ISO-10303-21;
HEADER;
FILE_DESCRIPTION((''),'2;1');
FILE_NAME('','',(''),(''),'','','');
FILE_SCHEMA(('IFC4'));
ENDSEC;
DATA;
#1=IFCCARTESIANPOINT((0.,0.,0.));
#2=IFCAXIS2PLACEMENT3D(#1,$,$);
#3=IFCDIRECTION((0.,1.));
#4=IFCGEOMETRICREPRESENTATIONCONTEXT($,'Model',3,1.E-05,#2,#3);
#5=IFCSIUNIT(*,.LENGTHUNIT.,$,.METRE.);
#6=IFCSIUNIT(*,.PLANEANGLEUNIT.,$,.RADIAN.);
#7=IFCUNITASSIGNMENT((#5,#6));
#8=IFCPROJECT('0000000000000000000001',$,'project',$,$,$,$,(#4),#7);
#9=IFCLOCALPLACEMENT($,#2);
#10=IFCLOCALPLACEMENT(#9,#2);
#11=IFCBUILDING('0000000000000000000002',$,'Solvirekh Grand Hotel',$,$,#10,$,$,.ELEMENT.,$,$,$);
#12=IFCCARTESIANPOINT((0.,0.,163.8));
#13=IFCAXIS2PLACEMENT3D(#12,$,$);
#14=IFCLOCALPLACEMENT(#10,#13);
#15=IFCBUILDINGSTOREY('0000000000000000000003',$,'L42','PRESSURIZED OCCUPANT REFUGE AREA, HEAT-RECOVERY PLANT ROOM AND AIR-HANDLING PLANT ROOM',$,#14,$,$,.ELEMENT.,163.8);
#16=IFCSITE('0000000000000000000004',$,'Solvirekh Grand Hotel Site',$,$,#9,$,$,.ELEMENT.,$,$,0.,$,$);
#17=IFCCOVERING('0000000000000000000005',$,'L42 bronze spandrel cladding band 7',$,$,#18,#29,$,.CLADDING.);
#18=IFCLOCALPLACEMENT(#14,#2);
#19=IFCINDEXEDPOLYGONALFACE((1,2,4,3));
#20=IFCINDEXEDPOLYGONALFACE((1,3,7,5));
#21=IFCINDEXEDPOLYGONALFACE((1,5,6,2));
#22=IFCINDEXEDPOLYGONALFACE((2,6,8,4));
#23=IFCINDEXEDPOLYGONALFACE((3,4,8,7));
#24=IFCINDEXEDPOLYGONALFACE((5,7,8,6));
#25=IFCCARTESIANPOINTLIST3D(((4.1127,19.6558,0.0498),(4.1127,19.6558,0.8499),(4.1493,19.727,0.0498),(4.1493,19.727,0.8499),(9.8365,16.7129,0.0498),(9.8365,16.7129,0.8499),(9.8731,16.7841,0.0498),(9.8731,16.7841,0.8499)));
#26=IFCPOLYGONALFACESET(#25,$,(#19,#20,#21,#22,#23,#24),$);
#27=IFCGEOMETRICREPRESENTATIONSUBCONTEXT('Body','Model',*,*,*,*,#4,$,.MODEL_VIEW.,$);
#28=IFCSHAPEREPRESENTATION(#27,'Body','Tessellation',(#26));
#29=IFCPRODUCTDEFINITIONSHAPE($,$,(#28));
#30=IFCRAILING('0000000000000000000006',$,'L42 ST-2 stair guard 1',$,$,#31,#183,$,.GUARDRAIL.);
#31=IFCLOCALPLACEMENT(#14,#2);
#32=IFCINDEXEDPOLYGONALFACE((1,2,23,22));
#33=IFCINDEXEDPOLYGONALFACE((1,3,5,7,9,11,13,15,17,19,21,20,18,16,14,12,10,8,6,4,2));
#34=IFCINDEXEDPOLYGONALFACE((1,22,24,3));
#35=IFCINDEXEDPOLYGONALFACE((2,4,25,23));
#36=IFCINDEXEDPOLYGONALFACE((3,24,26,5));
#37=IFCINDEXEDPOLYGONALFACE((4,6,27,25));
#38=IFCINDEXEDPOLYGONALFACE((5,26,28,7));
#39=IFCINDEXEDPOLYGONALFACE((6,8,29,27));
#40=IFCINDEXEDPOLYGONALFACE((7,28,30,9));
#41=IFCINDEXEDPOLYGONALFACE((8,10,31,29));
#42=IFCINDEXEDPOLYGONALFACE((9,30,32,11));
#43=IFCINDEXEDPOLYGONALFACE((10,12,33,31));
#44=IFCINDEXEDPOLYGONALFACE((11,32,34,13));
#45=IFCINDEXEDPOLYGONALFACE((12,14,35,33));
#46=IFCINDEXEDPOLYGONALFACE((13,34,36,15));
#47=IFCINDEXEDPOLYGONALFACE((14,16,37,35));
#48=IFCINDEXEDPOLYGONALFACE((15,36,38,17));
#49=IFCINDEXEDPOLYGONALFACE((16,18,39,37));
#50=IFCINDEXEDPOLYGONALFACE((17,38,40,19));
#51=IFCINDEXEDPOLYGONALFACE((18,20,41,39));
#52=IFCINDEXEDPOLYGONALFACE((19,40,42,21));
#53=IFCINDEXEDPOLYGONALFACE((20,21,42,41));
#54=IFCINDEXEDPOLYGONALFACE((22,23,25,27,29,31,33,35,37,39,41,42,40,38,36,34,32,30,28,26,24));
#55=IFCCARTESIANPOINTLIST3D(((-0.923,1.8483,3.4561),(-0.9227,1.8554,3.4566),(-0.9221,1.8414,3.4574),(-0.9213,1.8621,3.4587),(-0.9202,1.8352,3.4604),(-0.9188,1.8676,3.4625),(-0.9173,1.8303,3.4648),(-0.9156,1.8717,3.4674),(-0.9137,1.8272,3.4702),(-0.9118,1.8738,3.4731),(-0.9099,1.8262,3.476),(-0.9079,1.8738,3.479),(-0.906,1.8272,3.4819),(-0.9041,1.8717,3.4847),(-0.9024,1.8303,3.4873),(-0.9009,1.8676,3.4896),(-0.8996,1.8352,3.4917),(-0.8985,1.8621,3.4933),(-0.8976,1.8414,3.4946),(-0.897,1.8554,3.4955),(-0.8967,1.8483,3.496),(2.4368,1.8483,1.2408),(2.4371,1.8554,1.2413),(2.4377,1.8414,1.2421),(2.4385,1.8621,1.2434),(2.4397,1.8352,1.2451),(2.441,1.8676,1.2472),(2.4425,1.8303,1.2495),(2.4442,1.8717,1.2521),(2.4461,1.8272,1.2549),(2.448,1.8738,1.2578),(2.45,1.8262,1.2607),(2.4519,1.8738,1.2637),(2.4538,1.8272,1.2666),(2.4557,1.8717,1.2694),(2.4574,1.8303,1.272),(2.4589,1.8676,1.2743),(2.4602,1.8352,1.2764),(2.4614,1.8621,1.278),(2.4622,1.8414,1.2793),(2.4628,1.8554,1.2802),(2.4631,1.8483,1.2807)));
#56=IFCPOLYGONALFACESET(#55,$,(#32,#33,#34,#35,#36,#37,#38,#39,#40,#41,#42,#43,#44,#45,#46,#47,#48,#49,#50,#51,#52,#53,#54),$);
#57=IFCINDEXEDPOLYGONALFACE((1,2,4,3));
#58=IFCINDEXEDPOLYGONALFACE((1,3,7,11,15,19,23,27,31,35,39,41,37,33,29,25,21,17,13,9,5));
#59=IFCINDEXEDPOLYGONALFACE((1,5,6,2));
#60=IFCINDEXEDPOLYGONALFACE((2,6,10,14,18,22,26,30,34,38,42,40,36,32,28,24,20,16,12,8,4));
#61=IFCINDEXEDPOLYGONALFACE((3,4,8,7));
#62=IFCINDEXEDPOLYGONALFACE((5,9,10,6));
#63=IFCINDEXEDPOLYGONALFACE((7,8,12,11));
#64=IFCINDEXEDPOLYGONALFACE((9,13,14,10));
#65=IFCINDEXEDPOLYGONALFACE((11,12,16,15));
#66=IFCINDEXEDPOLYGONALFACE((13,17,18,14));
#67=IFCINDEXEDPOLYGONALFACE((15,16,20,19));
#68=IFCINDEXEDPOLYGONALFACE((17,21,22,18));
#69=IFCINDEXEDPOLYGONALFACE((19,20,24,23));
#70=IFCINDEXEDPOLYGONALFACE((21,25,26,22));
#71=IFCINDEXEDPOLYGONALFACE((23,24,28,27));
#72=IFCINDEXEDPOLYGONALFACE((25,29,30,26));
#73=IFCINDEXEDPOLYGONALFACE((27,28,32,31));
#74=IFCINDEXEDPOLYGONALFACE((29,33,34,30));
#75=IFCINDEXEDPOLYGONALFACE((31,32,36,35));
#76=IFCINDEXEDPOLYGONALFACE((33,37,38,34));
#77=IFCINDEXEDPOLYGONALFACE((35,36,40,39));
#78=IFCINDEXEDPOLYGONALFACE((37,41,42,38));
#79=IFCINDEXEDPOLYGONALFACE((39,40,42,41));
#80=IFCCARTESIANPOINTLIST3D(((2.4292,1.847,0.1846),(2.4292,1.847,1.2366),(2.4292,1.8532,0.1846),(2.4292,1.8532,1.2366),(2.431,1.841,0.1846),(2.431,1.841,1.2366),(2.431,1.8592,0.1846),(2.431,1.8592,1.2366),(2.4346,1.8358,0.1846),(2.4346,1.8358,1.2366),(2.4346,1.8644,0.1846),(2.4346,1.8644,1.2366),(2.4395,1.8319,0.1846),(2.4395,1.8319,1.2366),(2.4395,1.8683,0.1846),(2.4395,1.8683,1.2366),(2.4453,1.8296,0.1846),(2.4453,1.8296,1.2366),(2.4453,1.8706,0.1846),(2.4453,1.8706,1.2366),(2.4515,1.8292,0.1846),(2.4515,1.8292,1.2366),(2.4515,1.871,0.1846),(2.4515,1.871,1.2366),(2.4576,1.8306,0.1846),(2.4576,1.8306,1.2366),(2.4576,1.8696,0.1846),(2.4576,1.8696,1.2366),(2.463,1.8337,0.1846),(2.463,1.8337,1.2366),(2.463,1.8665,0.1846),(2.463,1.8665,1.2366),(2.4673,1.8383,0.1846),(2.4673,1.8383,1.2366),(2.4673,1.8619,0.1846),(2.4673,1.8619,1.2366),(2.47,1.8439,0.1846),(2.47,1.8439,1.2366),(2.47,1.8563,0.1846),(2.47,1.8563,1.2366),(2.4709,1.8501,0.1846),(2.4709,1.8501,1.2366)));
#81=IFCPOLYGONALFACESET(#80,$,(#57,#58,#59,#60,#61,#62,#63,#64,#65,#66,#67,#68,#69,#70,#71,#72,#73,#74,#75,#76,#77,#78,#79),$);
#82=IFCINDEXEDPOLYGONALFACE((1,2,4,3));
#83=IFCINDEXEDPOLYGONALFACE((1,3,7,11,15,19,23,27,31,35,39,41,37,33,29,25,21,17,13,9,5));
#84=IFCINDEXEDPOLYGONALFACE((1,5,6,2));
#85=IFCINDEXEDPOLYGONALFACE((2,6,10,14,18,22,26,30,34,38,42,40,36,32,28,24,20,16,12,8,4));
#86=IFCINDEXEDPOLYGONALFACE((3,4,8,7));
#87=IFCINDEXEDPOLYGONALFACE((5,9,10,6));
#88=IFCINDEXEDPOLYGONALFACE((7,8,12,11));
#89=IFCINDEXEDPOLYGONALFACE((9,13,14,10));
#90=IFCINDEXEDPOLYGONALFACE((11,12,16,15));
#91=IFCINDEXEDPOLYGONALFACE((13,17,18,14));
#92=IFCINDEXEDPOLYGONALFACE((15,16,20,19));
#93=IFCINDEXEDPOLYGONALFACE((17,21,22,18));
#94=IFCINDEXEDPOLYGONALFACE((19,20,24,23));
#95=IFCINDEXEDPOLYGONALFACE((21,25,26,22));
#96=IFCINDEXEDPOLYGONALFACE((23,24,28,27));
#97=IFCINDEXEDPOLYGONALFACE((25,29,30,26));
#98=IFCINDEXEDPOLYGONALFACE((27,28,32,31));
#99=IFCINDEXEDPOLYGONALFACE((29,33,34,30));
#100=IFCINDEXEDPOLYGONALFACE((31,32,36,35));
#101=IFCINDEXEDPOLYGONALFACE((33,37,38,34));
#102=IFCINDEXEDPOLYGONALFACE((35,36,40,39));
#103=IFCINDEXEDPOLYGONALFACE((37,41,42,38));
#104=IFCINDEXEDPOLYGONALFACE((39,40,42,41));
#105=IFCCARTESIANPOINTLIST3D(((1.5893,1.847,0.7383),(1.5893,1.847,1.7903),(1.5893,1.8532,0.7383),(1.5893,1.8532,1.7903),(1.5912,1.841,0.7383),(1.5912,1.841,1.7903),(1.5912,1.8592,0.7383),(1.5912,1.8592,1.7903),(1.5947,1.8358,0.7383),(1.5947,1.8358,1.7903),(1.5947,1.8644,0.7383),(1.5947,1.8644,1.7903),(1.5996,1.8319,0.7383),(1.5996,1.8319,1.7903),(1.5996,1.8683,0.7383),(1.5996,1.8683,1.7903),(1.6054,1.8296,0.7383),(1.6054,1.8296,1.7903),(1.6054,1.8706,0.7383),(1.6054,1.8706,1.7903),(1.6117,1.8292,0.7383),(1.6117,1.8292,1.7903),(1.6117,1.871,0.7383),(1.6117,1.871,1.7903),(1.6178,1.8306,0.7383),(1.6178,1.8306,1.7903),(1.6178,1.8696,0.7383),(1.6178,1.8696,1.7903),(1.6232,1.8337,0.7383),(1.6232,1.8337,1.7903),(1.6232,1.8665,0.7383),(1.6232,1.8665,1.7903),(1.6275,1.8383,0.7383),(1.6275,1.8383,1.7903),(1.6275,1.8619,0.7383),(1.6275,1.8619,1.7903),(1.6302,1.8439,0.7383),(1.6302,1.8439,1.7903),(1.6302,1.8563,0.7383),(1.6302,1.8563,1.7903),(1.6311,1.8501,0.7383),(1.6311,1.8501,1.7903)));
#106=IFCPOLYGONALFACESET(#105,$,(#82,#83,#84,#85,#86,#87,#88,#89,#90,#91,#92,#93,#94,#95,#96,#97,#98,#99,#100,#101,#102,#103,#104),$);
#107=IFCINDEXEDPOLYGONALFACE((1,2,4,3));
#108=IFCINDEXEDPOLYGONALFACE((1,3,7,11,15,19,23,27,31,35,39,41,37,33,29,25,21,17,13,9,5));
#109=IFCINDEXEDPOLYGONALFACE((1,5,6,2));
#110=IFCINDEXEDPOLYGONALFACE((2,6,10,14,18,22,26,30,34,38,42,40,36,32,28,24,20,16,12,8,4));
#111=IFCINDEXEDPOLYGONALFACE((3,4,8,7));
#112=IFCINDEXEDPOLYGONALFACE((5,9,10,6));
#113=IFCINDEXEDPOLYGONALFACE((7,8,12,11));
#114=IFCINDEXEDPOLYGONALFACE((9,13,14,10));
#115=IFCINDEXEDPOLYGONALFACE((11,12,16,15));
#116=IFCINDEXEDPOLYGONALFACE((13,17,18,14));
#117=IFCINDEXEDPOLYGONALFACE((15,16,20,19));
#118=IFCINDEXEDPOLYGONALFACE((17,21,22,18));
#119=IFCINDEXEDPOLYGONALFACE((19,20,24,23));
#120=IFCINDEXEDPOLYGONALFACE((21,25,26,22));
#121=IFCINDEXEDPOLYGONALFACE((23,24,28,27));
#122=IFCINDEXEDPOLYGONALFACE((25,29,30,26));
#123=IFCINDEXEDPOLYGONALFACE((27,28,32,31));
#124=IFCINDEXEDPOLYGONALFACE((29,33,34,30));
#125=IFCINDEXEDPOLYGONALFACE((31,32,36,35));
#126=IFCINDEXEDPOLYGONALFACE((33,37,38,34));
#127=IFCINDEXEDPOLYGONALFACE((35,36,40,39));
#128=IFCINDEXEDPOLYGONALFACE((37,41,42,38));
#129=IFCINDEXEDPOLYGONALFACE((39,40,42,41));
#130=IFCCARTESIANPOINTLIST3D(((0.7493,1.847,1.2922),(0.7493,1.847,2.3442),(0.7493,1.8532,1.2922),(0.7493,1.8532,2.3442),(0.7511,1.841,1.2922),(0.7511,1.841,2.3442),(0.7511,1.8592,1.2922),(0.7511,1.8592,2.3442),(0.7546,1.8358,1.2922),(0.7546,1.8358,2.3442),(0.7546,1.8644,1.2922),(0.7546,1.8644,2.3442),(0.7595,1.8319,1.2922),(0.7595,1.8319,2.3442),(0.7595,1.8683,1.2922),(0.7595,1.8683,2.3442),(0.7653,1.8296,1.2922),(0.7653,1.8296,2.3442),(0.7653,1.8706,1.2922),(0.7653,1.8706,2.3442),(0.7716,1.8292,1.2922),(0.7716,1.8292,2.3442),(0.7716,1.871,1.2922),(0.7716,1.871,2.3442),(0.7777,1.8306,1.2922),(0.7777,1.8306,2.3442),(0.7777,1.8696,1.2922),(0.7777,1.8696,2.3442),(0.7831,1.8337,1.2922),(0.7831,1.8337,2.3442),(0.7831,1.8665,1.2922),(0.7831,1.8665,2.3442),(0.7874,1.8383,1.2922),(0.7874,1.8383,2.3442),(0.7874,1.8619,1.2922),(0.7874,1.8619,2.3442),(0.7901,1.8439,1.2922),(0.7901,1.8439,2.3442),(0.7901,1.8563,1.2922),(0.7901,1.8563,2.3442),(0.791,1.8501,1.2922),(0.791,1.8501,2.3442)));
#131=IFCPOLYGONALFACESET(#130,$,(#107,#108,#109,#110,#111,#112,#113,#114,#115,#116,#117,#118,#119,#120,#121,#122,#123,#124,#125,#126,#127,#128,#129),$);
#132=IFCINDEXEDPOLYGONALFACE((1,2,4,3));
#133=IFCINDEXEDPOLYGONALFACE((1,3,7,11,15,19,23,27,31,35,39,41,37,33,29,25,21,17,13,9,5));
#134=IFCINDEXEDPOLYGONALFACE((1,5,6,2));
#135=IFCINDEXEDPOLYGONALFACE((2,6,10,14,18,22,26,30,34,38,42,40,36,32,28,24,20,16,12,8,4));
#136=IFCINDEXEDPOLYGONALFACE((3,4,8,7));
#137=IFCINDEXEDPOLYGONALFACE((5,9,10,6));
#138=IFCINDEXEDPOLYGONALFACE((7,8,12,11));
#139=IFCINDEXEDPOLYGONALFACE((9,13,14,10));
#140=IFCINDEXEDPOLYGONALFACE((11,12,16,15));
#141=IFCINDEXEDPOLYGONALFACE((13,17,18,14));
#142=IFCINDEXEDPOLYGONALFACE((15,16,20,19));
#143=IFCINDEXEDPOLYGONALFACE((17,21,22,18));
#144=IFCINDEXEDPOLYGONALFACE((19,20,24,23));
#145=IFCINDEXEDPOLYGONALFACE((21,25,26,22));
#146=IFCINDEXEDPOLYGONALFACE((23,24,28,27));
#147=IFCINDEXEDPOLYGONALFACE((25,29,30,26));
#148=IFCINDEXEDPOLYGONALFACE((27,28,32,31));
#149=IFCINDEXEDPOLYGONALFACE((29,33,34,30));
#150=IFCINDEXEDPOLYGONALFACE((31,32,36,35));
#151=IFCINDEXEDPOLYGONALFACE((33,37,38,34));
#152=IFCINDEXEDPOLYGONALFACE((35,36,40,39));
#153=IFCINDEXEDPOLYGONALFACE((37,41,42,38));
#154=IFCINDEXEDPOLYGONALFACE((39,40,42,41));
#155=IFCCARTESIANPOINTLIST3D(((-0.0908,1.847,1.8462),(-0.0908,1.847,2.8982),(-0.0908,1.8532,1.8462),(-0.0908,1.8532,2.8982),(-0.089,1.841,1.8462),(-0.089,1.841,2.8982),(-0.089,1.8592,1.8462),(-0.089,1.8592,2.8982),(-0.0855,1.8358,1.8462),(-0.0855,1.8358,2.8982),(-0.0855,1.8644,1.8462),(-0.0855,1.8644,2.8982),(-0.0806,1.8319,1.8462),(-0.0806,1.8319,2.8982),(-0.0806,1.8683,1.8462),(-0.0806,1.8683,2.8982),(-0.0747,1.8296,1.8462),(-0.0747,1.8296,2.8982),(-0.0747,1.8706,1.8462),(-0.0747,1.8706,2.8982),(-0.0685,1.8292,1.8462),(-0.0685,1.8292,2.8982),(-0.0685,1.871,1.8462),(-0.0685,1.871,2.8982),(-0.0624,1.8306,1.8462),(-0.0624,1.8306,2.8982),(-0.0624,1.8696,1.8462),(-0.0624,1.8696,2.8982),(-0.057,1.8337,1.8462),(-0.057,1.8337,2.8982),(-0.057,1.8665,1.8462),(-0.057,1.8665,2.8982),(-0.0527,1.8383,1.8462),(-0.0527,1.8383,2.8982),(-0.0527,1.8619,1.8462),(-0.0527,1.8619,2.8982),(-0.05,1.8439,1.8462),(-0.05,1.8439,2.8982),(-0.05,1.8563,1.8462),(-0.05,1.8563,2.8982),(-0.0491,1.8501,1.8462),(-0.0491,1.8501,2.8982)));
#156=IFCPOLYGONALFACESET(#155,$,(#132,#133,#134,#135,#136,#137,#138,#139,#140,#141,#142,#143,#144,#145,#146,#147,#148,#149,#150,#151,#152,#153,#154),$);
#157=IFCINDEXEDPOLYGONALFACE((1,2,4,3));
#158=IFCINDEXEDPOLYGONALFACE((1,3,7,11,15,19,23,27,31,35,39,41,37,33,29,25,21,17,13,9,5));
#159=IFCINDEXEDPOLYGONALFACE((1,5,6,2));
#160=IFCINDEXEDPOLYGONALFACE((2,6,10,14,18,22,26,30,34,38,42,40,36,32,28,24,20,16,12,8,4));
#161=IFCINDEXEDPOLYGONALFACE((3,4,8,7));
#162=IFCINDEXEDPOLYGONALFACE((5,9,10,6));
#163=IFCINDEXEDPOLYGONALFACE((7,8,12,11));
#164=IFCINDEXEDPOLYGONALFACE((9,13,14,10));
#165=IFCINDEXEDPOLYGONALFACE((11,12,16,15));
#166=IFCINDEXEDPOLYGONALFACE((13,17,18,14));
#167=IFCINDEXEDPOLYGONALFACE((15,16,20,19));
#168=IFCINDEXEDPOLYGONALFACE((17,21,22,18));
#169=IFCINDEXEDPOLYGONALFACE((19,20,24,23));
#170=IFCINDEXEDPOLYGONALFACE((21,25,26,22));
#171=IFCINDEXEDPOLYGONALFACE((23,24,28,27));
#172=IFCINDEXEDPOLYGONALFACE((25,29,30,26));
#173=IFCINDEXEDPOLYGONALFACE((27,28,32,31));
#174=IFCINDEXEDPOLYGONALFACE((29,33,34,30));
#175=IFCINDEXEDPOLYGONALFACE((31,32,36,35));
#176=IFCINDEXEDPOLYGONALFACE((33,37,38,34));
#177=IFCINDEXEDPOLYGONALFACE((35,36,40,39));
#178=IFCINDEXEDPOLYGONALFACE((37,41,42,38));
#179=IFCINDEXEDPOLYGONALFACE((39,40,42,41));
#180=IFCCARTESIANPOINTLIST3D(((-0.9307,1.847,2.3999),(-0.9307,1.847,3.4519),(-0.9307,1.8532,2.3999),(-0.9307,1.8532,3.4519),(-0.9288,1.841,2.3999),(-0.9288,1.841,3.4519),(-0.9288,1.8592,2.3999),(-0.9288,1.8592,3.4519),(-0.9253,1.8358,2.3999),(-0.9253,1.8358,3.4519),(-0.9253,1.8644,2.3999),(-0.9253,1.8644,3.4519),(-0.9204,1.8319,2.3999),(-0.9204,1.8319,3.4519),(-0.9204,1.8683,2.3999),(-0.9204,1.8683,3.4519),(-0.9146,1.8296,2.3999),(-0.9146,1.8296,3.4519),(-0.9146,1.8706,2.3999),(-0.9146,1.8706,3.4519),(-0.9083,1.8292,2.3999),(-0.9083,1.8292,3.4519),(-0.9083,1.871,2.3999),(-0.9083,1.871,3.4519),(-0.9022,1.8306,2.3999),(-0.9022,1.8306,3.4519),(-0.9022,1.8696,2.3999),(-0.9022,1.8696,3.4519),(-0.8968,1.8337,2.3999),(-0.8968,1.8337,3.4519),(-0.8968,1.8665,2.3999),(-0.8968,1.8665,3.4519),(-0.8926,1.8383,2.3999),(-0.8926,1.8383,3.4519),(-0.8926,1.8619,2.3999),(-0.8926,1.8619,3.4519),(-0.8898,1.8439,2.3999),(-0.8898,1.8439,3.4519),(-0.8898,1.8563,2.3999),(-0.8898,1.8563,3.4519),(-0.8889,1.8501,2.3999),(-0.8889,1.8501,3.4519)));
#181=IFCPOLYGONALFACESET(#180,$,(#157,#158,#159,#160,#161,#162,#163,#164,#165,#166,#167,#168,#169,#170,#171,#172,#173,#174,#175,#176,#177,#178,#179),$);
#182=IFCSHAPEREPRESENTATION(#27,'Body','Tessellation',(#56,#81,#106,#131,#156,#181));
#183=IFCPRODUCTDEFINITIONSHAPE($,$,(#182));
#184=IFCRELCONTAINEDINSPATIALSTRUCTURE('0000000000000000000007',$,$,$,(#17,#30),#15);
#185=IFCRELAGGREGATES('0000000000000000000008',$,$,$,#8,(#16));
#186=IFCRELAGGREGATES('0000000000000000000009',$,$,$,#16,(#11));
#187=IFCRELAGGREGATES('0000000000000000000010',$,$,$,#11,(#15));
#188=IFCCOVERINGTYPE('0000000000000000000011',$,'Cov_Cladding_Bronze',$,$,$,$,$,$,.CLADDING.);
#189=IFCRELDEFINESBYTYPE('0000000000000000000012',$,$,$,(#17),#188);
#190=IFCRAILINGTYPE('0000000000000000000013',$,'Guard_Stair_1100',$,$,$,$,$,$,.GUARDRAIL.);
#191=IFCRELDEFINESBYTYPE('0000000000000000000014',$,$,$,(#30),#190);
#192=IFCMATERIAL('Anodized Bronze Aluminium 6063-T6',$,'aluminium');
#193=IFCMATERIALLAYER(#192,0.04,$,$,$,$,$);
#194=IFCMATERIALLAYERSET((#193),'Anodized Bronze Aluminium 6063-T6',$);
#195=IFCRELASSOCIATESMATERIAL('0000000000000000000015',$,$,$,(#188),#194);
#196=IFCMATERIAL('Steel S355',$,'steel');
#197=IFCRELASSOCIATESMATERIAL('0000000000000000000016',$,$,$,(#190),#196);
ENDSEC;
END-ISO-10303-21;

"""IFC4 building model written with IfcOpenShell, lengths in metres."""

from ifc_helpers import new_model, si_unit, direction, frame, origin, origin_2d, place, context, subcontext, project, spatial, rectangle, circle, extrude, material, layer, layer_set, type_object, element, save


model = new_model("IFC4")

# Units and contexts
model_context = context("Model", 3, precision=1e-05, world=origin(), true_north=direction((0.0, 1.0)))
body_context = subcontext(model_context, "Body", "Model", "MODEL_VIEW")
ifc_project = project(units=[si_unit("LENGTHUNIT", "METRE"), si_unit("PLANEANGLEUNIT", "RADIAN")], contexts=[model_context])

# Site, building, storey
site_placement = place(None, origin())
site = spatial("IfcSite", under=ifc_project, at=site_placement, Name="Solvirekh Grand Hotel Site", CompositionType="ELEMENT", RefElevation=0.0)
building_placement = place(site_placement, origin())
building = spatial("IfcBuilding", under=site, at=building_placement, Name="Solvirekh Grand Hotel", CompositionType="ELEMENT")
storey_placement = place(building_placement, frame((0.0, 0.0, 163.8)))
storey = spatial("IfcBuildingStorey", under=building, at=storey_placement, Name="L42", Description="PRESSURIZED OCCUPANT REFUGE AREA, HEAT-RECOVERY PLANT ROOM AND AIR-HANDLING PLANT ROOM", CompositionType="ELEMENT", Elevation=163.8)

# Shared definitions
ifc_material_1 = material(Name="Anodized Bronze Aluminium 6063-T6", Category="aluminium")

# Covering
ifc_layer_1 = layer(ifc_material_1, 0.04)
ifc_layer_set_1 = layer_set([ifc_layer_1], Name="Anodized Bronze Aluminium 6063-T6")
covering_type = type_object("IfcCoveringType", Name="Cov_Cladding_Bronze", PredefinedType="CLADDING", material=ifc_layer_set_1)
covering_placement = place(storey_placement, frame((6.9929, 18.22, 0.0498), z_axis=(0.0, 0.0, 1.0), x_axis=(0.889337, -0.457253, 0.0)))
element("IfcCovering", 1, at=covering_placement, inside=storey, type_object=covering_type, Name="L42 bronze spandrel cladding band 7", PredefinedType="CLADDING", context=body_context, shape_type="SweptSolid", body=[
    extrude(rectangle(XDim=6.436, YDim=0.0801, at=origin_2d()), origin(), (0.0, 0.0, 1.0), 0.8),
])

# Railing
ifc_material_2 = material(Name="Steel S355", Category="steel")
railing_type_1 = type_object("IfcRailingType", Name="Guard_Stair_1100", PredefinedType="GUARDRAIL", material=ifc_material_2)
railing_1_placement = place(storey_placement, frame((2.45, 1.8501, 0.1846)))
element("IfcRailing", 2, at=railing_1_placement, inside=storey, type_object=railing_type_1, Name="L42 ST-2 stair guard 1", PredefinedType="GUARDRAIL", context=body_context, shape_type="SweptSolid", body=[
    extrude(circle(Radius=0.0239, at=origin_2d()), frame((0.0, 0.0, 1.0762), z_axis=(-0.834858, 0.0, 0.550465), x_axis=(0.0, -1.0, 0.0)), (0.0, 0.0, 1.0), 4.0244),
    extrude(circle(Radius=0.021, at=origin_2d()), origin(), (0.0, 0.0, 1.0), 1.052),
    extrude(circle(Radius=0.021, at=origin_2d()), frame((-0.8398, 0.0, 0.5537)), (0.0, 0.0, 1.0), 1.052),
    extrude(circle(Radius=0.021, at=origin_2d()), frame((-1.6799, 0.0, 1.1077)), (0.0, 0.0, 1.0), 1.052),
    extrude(circle(Radius=0.021, at=origin_2d()), frame((-2.52, 0.0, 1.6616)), (0.0, 0.0, 1.0), 1.052),
    extrude(circle(Radius=0.021, at=origin_2d()), frame((-3.3599, 0.0, 2.2153)), (0.0, 0.0, 1.0), 1.052),
])

save(model, "model.ifc")
